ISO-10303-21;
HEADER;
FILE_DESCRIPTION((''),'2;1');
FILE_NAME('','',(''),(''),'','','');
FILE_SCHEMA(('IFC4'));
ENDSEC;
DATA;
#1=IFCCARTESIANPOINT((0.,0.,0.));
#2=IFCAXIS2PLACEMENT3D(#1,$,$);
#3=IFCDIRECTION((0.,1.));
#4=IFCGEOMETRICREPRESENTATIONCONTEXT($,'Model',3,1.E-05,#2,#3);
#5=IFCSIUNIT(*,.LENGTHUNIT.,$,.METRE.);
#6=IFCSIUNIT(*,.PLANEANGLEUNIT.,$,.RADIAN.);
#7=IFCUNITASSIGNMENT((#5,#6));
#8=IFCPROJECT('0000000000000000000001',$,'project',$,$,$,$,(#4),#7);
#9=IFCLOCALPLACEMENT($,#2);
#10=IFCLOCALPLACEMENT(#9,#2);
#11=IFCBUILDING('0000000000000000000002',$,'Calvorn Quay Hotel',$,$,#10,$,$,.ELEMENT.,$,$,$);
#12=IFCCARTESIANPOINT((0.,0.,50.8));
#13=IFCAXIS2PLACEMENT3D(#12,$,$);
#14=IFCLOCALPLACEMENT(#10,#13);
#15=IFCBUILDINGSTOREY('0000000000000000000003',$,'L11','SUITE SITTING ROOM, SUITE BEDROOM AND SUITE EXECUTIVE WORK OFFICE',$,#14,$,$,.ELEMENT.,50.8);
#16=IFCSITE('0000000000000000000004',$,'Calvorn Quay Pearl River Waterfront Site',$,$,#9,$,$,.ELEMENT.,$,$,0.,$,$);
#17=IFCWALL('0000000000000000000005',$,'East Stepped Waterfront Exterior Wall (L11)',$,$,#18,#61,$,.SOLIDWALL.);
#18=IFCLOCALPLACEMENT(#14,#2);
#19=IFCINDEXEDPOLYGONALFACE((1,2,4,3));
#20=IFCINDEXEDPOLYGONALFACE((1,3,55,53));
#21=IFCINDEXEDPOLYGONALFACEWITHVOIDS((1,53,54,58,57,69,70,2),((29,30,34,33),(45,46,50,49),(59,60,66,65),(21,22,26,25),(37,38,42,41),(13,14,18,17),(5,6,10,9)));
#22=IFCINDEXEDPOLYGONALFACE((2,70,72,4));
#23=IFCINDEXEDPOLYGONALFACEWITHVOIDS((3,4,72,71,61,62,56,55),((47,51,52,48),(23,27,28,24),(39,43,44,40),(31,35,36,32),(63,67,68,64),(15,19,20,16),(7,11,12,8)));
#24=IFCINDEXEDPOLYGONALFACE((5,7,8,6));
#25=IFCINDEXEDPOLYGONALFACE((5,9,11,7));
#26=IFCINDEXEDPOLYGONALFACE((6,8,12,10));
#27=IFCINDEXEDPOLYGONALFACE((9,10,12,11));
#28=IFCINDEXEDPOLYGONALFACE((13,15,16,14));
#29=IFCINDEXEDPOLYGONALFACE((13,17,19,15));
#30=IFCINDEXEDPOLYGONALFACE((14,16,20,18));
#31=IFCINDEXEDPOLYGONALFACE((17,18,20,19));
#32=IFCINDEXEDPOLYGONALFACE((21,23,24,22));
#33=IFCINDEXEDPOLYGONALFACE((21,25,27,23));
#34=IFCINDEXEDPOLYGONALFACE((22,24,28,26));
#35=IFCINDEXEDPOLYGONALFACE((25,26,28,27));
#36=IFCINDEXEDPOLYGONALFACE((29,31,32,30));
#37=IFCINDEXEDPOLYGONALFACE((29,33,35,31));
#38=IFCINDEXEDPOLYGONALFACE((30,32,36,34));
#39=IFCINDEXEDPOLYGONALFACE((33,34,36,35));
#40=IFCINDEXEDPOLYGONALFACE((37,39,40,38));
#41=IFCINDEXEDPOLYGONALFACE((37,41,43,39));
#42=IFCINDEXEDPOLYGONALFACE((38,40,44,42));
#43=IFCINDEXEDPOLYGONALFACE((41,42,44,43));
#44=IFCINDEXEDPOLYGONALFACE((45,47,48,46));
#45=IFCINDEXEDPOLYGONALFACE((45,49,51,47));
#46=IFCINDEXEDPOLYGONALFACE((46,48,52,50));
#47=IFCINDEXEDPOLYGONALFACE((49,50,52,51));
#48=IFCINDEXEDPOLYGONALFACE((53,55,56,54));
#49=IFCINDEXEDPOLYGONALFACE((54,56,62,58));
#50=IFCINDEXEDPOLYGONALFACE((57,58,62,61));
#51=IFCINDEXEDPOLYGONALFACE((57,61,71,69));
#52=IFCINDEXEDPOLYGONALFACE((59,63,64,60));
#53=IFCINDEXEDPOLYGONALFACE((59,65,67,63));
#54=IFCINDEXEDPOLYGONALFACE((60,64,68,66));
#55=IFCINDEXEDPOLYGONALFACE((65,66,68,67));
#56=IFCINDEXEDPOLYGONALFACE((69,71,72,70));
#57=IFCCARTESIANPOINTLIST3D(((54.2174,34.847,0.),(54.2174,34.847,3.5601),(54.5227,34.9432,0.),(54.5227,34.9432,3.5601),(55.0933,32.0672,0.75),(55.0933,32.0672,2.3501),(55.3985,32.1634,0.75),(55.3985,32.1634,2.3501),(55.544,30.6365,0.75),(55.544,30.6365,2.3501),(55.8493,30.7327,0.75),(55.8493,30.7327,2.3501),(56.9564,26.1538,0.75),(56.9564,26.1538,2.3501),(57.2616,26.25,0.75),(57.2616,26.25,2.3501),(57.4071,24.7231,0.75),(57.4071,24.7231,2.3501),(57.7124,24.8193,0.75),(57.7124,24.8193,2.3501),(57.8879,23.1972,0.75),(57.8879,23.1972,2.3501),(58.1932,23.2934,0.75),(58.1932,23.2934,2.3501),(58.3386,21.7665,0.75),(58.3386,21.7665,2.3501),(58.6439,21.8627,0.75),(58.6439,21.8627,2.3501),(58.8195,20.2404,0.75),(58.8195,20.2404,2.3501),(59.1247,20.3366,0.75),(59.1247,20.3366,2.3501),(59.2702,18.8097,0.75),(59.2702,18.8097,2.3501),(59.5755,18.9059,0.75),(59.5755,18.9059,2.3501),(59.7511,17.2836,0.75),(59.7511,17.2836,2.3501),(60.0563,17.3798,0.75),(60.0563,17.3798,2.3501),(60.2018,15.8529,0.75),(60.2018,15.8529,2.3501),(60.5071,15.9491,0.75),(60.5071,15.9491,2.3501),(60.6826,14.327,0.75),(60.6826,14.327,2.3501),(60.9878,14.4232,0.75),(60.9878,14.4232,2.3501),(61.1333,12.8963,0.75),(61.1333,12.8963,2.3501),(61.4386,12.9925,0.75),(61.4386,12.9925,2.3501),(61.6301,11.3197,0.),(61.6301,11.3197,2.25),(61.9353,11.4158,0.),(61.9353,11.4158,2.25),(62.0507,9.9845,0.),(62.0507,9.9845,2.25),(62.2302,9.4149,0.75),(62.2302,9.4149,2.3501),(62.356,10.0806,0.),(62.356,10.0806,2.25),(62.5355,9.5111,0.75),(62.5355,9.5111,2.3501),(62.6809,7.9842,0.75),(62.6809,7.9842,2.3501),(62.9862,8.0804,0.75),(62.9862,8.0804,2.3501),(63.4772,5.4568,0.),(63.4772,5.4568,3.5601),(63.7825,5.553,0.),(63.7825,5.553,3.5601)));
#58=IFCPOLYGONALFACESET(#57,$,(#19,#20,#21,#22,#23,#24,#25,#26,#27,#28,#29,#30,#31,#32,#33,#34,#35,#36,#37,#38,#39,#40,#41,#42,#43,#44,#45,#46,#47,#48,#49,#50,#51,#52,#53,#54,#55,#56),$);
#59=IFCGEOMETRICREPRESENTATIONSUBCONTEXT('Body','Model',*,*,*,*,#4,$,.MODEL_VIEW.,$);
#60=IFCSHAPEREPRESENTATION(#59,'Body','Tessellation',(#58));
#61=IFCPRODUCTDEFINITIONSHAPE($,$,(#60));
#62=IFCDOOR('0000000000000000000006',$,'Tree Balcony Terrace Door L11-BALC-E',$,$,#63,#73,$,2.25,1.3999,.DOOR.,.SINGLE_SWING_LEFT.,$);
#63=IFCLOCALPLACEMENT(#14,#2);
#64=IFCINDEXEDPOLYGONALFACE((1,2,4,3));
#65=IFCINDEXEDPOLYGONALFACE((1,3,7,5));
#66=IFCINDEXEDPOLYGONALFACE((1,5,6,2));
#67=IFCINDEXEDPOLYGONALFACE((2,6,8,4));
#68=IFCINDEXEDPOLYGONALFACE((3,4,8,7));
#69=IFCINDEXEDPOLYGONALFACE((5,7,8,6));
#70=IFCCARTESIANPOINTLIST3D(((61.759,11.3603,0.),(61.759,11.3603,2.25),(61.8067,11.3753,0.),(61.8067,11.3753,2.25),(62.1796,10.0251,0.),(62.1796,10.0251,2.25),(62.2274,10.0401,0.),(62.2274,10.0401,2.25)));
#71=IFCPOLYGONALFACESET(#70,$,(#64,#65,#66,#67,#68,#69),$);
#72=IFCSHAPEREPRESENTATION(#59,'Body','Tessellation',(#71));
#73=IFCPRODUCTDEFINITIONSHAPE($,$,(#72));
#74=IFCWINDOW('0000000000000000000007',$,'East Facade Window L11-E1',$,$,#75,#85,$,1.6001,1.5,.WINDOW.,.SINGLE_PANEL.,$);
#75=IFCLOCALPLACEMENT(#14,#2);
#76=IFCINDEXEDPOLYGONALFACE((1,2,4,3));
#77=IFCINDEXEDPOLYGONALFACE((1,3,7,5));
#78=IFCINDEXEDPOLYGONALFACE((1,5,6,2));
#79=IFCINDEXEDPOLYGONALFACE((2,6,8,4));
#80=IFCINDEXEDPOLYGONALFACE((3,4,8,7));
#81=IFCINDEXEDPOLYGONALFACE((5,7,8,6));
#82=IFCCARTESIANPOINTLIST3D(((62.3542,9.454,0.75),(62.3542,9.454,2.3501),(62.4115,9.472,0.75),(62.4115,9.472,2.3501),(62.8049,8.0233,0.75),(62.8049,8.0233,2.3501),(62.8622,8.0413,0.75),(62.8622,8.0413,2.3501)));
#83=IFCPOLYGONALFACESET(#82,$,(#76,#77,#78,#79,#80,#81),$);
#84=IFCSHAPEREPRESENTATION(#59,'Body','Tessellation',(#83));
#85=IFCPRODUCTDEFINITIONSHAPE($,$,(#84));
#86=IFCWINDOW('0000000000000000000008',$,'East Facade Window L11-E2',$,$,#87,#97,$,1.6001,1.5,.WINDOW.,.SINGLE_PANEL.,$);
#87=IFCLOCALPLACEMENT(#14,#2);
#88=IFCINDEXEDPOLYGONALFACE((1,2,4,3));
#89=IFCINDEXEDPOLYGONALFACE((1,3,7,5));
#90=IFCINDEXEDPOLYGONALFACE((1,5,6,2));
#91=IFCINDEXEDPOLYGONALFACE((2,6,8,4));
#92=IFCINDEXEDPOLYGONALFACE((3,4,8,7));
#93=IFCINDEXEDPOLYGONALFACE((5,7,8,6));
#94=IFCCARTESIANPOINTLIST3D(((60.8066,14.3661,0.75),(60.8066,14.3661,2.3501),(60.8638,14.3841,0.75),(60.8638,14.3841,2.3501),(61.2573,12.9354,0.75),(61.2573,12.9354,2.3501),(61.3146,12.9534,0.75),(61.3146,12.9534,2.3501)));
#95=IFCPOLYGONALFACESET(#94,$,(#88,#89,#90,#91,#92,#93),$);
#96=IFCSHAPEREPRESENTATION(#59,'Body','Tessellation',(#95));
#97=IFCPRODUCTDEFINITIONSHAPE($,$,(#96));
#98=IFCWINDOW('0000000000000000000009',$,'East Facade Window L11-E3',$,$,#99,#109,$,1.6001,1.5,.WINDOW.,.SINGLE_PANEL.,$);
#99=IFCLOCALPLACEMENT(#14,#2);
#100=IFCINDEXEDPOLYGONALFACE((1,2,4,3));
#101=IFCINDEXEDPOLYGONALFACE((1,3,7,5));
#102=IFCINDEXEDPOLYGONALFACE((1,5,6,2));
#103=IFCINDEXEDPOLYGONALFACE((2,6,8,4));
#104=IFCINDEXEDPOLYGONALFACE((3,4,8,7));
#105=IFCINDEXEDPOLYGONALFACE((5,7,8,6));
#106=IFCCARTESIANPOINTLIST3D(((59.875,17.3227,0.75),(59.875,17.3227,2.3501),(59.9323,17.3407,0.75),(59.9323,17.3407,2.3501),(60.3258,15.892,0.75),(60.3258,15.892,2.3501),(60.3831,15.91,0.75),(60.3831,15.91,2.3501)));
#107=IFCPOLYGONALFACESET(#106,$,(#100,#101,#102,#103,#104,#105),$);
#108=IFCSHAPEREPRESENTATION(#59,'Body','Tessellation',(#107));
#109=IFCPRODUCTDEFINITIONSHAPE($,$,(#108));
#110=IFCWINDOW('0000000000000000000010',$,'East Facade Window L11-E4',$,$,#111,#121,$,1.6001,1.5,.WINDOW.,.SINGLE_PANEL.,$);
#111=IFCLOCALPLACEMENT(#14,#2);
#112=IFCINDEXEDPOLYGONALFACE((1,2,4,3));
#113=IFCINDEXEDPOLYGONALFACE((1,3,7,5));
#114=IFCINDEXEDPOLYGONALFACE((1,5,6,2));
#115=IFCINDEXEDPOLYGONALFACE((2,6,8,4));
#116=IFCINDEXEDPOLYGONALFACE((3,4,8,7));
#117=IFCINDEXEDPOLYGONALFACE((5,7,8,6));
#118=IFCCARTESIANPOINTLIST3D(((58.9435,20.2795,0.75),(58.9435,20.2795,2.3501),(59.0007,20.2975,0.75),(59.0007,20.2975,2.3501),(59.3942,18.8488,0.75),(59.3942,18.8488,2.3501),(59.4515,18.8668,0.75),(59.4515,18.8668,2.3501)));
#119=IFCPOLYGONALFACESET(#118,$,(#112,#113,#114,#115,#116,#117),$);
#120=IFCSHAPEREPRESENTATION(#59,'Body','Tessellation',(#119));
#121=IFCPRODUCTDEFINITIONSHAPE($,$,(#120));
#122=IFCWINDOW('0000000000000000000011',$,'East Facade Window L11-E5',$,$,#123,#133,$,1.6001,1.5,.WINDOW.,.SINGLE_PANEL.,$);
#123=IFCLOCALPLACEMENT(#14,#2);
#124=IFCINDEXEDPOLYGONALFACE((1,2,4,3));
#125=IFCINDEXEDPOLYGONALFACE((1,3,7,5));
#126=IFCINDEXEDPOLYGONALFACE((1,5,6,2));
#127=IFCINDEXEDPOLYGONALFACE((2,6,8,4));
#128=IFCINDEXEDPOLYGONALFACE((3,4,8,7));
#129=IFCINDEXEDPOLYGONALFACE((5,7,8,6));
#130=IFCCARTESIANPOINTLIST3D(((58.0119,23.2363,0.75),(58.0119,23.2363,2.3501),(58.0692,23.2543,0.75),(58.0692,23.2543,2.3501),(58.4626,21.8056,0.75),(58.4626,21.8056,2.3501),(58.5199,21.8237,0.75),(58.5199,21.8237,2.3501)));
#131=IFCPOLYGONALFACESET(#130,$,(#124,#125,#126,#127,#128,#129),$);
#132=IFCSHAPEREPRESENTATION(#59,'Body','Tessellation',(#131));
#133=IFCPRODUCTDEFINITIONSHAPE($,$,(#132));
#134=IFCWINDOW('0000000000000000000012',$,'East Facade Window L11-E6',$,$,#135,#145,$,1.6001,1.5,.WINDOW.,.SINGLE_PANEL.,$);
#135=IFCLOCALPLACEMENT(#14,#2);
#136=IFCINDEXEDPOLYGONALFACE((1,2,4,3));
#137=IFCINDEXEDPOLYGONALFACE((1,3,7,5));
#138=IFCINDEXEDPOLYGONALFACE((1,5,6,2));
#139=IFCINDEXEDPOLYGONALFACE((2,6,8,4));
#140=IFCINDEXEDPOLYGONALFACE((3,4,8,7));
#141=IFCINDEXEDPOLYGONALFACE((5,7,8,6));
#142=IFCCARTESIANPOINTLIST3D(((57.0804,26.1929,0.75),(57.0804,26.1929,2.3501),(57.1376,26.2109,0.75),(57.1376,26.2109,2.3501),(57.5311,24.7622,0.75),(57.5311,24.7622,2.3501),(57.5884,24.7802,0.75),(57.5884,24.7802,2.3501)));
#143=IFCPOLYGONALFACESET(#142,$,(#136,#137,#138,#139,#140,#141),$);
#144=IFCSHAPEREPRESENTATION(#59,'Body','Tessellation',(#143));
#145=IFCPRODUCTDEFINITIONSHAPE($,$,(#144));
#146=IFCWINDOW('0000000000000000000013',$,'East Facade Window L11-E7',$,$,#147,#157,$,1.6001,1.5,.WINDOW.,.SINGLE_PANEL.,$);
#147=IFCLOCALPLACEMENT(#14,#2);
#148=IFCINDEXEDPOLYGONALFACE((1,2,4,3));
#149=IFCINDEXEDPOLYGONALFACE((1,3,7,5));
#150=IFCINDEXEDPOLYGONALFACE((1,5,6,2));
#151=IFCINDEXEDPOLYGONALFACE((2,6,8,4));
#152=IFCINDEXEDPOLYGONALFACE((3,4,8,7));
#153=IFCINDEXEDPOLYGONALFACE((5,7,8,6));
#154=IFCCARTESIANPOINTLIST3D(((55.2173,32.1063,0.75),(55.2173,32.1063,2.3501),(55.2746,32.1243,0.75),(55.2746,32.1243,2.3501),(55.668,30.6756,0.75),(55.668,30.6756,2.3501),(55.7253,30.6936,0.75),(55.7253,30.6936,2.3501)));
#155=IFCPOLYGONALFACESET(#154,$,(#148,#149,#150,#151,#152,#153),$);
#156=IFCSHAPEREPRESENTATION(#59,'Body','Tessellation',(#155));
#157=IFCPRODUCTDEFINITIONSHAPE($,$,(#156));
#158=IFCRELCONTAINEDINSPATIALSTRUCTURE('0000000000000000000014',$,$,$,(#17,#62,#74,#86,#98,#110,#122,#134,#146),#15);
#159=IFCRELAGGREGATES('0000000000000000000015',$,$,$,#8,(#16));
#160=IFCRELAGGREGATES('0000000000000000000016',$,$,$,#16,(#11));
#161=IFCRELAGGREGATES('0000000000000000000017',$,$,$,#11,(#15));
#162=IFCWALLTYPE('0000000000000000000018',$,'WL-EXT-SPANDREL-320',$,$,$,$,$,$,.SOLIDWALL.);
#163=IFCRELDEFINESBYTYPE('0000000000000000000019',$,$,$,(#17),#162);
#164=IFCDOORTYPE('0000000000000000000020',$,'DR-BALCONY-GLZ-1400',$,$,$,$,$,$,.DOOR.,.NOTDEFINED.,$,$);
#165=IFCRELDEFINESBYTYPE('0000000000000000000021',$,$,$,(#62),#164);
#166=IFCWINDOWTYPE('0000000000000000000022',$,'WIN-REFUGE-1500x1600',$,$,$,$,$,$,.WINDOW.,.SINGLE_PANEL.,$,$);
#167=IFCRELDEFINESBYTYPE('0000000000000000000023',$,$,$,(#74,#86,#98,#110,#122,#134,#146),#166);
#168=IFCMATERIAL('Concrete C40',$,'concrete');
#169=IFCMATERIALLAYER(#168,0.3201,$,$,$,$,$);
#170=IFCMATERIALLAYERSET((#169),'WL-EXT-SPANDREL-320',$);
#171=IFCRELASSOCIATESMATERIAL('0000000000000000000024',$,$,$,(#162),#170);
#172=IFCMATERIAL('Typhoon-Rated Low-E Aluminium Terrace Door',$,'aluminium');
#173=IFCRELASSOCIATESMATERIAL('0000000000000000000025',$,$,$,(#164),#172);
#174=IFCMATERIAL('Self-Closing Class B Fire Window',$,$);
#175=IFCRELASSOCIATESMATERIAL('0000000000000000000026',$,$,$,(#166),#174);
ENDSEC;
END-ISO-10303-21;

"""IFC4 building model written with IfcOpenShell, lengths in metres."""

from ifc_helpers import new_model, si_unit, direction, frame, frame_2d, origin, place, context, subcontext, project, spatial, rectangle, extrude, material, layer, layer_set, type_object, element, fill, save


model = new_model("IFC4")

# Units and contexts
model_context = context("Model", 3, precision=1e-05, world=origin(), true_north=direction((0.0, 1.0)))
body_context = subcontext(model_context, "Body", "Model", "MODEL_VIEW")
ifc_project = project(units=[si_unit("LENGTHUNIT", "METRE"), si_unit("PLANEANGLEUNIT", "RADIAN")], contexts=[model_context])

# Site, building, storey
site_placement = place(None, origin())
site = spatial("IfcSite", under=ifc_project, at=site_placement, Name="Calvorn Quay Pearl River Waterfront Site", CompositionType="ELEMENT", RefElevation=0.0)
building_placement = place(site_placement, origin())
building = spatial("IfcBuilding", under=site, at=building_placement, Name="Calvorn Quay Hotel", CompositionType="ELEMENT")
storey_placement = place(building_placement, frame((0.0, 0.0, 50.8)))
storey = spatial("IfcBuildingStorey", under=building, at=storey_placement, Name="L11", Description="SUITE SITTING ROOM, SUITE BEDROOM AND SUITE EXECUTIVE WORK OFFICE", CompositionType="ELEMENT", Elevation=50.8)

# Shared definitions
ifc_material_1 = material(Name="Concrete C40", Category="concrete")
ifc_layer_1 = layer(ifc_material_1, 0.3201)
ifc_layer_set_1 = layer_set([ifc_layer_1], Name="WL-EXT-SPANDREL-320")
wall_type = type_object("IfcWallType", Name="WL-EXT-SPANDREL-320", PredefinedType="SOLIDWALL", material=ifc_layer_set_1)

# Wall, openings, door, windows
wall_1_placement = place(storey_placement, frame((63.6299, 5.5049, 0.0), z_axis=(0.0, 0.0, 1.0), x_axis=(-0.300502, 0.953781, 0.0)))
wall_1 = element("IfcWall", 1, at=wall_1_placement, inside=storey, type_object=wall_type, Name="East Stepped Waterfront Exterior Wall (L11)", PredefinedType="SOLIDWALL", context=body_context, shape_type="SweptSolid", body=[
    extrude(rectangle(XDim=30.8145, YDim=0.3201, at=frame_2d((15.4072, 0.0))), origin(), (0.0, 0.0, 1.0), 3.5601),
])
opening_1_placement = place(wall_1_placement, frame((4.7471, 0.0, 0.0)))
opening_1 = element("IfcOpeningElement", 2, at=opening_1_placement, cuts=wall_1, PredefinedType="OPENING", context=body_context, shape_type="SweptSolid", body=[
    extrude(rectangle(XDim=1.3999, YDim=2.25, at=frame_2d((0.7, 1.125))), frame((0.0, 0.1699, 0.0), z_axis=(0.0, -1.0, 0.0), x_axis=(1.0, 0.0, 0.0)), (0.0, 0.0, 1.0), 0.3401),
])
opening_2_placement = place(wall_1_placement, frame((2.6499, 0.0, 0.75)))
opening_2 = element("IfcOpeningElement", 3, at=opening_2_placement, cuts=wall_1, PredefinedType="OPENING", context=body_context, shape_type="SweptSolid", body=[
    extrude(rectangle(XDim=1.5, YDim=1.6001, at=frame_2d((0.75, 0.8))), frame((0.0, 0.1699, 0.0), z_axis=(0.0, -1.0, 0.0), x_axis=(1.0, 0.0, 0.0)), (0.0, 0.0, 1.0), 0.3401),
])
opening_3_placement = place(wall_1_placement, frame((7.8, 0.0, 0.75)))
opening_3 = element("IfcOpeningElement", 4, at=opening_3_placement, cuts=wall_1, PredefinedType="OPENING", context=body_context, shape_type="SweptSolid", body=[
    extrude(rectangle(XDim=1.5, YDim=1.6001, at=frame_2d((0.75, 0.8))), frame((0.0, 0.1699, 0.0), z_axis=(0.0, -1.0, 0.0), x_axis=(1.0, 0.0, 0.0)), (0.0, 0.0, 1.0), 0.3401),
])
opening_4_placement = place(wall_1_placement, frame((10.8999, 0.0, 0.75)))
opening_4 = element("IfcOpeningElement", 5, at=opening_4_placement, cuts=wall_1, PredefinedType="OPENING", context=body_context, shape_type="SweptSolid", body=[
    extrude(rectangle(XDim=1.5, YDim=1.6001, at=frame_2d((0.75, 0.8))), frame((0.0, 0.1699, 0.0), z_axis=(0.0, -1.0, 0.0), x_axis=(1.0, 0.0, 0.0)), (0.0, 0.0, 1.0), 0.3401),
])
opening_5_placement = place(wall_1_placement, frame((14.0, 0.0, 0.75)))
opening_5 = element("IfcOpeningElement", 6, at=opening_5_placement, cuts=wall_1, PredefinedType="OPENING", context=body_context, shape_type="SweptSolid", body=[
    extrude(rectangle(XDim=1.5, YDim=1.6001, at=frame_2d((0.75, 0.8))), frame((0.0, 0.1699, 0.0), z_axis=(0.0, -1.0, 0.0), x_axis=(1.0, 0.0, 0.0)), (0.0, 0.0, 1.0), 0.3401),
])
opening_6_placement = place(wall_1_placement, frame((17.1001, 0.0, 0.75)))
opening_6 = element("IfcOpeningElement", 7, at=opening_6_placement, cuts=wall_1, PredefinedType="OPENING", context=body_context, shape_type="SweptSolid", body=[
    extrude(rectangle(XDim=1.5, YDim=1.6001, at=frame_2d((0.75, 0.8))), frame((0.0, 0.1699, 0.0), z_axis=(0.0, -1.0, 0.0), x_axis=(1.0, 0.0, 0.0)), (0.0, 0.0, 1.0), 0.3401),
])
opening_7_placement = place(wall_1_placement, frame((20.2, 0.0, 0.75)))
opening_7 = element("IfcOpeningElement", 8, at=opening_7_placement, cuts=wall_1, PredefinedType="OPENING", context=body_context, shape_type="SweptSolid", body=[
    extrude(rectangle(XDim=1.5, YDim=1.6001, at=frame_2d((0.75, 0.8))), frame((0.0, 0.1699, 0.0), z_axis=(0.0, -1.0, 0.0), x_axis=(1.0, 0.0, 0.0)), (0.0, 0.0, 1.0), 0.3401),
])
opening_8_placement = place(wall_1_placement, frame((26.3999, 0.0, 0.75)))
opening_8 = element("IfcOpeningElement", 9, at=opening_8_placement, cuts=wall_1, PredefinedType="OPENING", context=body_context, shape_type="SweptSolid", body=[
    extrude(rectangle(XDim=1.5, YDim=1.6001, at=frame_2d((0.75, 0.8))), frame((0.0, 0.1699, 0.0), z_axis=(0.0, -1.0, 0.0), x_axis=(1.0, 0.0, 0.0)), (0.0, 0.0, 1.0), 0.3401),
])
ifc_material_2 = material(Name="Typhoon-Rated Low-E Aluminium Terrace Door", Category="aluminium")
door_type = type_object("IfcDoorType", Name="DR-BALCONY-GLZ-1400", OperationType="NOTDEFINED", PredefinedType="DOOR", material=ifc_material_2)
door_placement = place(opening_1_placement, origin())
door = element("IfcDoor", 10, at=door_placement, inside=storey, type_object=door_type, Name="Tree Balcony Terrace Door L11-BALC-E", OperationType="SINGLE_SWING_LEFT", OverallHeight=2.25, OverallWidth=1.3999, PredefinedType="DOOR", context=body_context, shape_type="SweptSolid", body=[
    extrude(rectangle(XDim=1.3999, YDim=2.25, at=frame_2d((0.7, 1.125))), frame((0.0, 0.0249, 0.0), z_axis=(0.0, -1.0, 0.0), x_axis=(1.0, 0.0, 0.0)), (0.0, 0.0, 1.0), 0.05),
])
fill(opening_1, door)
ifc_material_3 = material(Name="Self-Closing Class B Fire Window")
window_type = type_object("IfcWindowType", Name="WIN-REFUGE-1500x1600", PartitioningType="SINGLE_PANEL", PredefinedType="WINDOW", material=ifc_material_3)
window_1_placement = place(opening_2_placement, origin())
window_1 = element("IfcWindow", 11, at=window_1_placement, inside=storey, type_object=window_type, Name="East Facade Window L11-E1", OverallHeight=1.6001, OverallWidth=1.5, PartitioningType="SINGLE_PANEL", PredefinedType="WINDOW", context=body_context, shape_type="SweptSolid", body=[
    extrude(rectangle(XDim=1.5, YDim=1.6001, at=frame_2d((0.75, 0.8))), frame((0.0, 0.03, 0.0), z_axis=(0.0, -1.0, 0.0), x_axis=(1.0, 0.0, 0.0)), (0.0, 0.0, 1.0), 0.0601),
])
fill(opening_2, window_1)
window_2_placement = place(opening_3_placement, origin())
window_2 = element("IfcWindow", 12, at=window_2_placement, inside=storey, type_object=window_type, Name="East Facade Window L11-E2", OverallHeight=1.6001, OverallWidth=1.5, PartitioningType="SINGLE_PANEL", PredefinedType="WINDOW", context=body_context, shape_type="SweptSolid", body=[
    extrude(rectangle(XDim=1.5, YDim=1.6001, at=frame_2d((0.75, 0.8))), frame((0.0, 0.03, 0.0), z_axis=(0.0, -1.0, 0.0), x_axis=(1.0, 0.0, 0.0)), (0.0, 0.0, 1.0), 0.0601),
])
fill(opening_3, window_2)
window_3_placement = place(opening_4_placement, origin())
window_3 = element("IfcWindow", 13, at=window_3_placement, inside=storey, type_object=window_type, Name="East Facade Window L11-E3", OverallHeight=1.6001, OverallWidth=1.5, PartitioningType="SINGLE_PANEL", PredefinedType="WINDOW", context=body_context, shape_type="SweptSolid", body=[
    extrude(rectangle(XDim=1.5, YDim=1.6001, at=frame_2d((0.75, 0.8))), frame((0.0, 0.03, 0.0), z_axis=(0.0, -1.0, 0.0), x_axis=(1.0, 0.0, 0.0)), (0.0, 0.0, 1.0), 0.0601),
])
fill(opening_4, window_3)
window_4_placement = place(opening_5_placement, origin())
window_4 = element("IfcWindow", 14, at=window_4_placement, inside=storey, type_object=window_type, Name="East Facade Window L11-E4", OverallHeight=1.6001, OverallWidth=1.5, PartitioningType="SINGLE_PANEL", PredefinedType="WINDOW", context=body_context, shape_type="SweptSolid", body=[
    extrude(rectangle(XDim=1.5, YDim=1.6001, at=frame_2d((0.75, 0.8))), frame((0.0, 0.03, 0.0), z_axis=(0.0, -1.0, 0.0), x_axis=(1.0, 0.0, 0.0)), (0.0, 0.0, 1.0), 0.0601),
])
fill(opening_5, window_4)
window_5_placement = place(opening_6_placement, origin())
window_5 = element("IfcWindow", 15, at=window_5_placement, inside=storey, type_object=window_type, Name="East Facade Window L11-E5", OverallHeight=1.6001, OverallWidth=1.5, PartitioningType="SINGLE_PANEL", PredefinedType="WINDOW", context=body_context, shape_type="SweptSolid", body=[
    extrude(rectangle(XDim=1.5, YDim=1.6001, at=frame_2d((0.75, 0.8))), frame((0.0, 0.03, 0.0), z_axis=(0.0, -1.0, 0.0), x_axis=(1.0, 0.0, 0.0)), (0.0, 0.0, 1.0), 0.0601),
])
fill(opening_6, window_5)
window_6_placement = place(opening_7_placement, origin())
window_6 = element("IfcWindow", 16, at=window_6_placement, inside=storey, type_object=window_type, Name="East Facade Window L11-E6", OverallHeight=1.6001, OverallWidth=1.5, PartitioningType="SINGLE_PANEL", PredefinedType="WINDOW", context=body_context, shape_type="SweptSolid", body=[
    extrude(rectangle(XDim=1.5, YDim=1.6001, at=frame_2d((0.75, 0.8))), frame((0.0, 0.03, 0.0), z_axis=(0.0, -1.0, 0.0), x_axis=(1.0, 0.0, 0.0)), (0.0, 0.0, 1.0), 0.0601),
])
fill(opening_7, window_6)
window_7_placement = place(opening_8_placement, origin())
window_7 = element("IfcWindow", 17, at=window_7_placement, inside=storey, type_object=window_type, Name="East Facade Window L11-E7", OverallHeight=1.6001, OverallWidth=1.5, PartitioningType="SINGLE_PANEL", PredefinedType="WINDOW", context=body_context, shape_type="SweptSolid", body=[
    extrude(rectangle(XDim=1.5, YDim=1.6001, at=frame_2d((0.75, 0.8))), frame((0.0, 0.03, 0.0), z_axis=(0.0, -1.0, 0.0), x_axis=(1.0, 0.0, 0.0)), (0.0, 0.0, 1.0), 0.0601),
])
fill(opening_8, window_7)

save(model, "model.ifc")
